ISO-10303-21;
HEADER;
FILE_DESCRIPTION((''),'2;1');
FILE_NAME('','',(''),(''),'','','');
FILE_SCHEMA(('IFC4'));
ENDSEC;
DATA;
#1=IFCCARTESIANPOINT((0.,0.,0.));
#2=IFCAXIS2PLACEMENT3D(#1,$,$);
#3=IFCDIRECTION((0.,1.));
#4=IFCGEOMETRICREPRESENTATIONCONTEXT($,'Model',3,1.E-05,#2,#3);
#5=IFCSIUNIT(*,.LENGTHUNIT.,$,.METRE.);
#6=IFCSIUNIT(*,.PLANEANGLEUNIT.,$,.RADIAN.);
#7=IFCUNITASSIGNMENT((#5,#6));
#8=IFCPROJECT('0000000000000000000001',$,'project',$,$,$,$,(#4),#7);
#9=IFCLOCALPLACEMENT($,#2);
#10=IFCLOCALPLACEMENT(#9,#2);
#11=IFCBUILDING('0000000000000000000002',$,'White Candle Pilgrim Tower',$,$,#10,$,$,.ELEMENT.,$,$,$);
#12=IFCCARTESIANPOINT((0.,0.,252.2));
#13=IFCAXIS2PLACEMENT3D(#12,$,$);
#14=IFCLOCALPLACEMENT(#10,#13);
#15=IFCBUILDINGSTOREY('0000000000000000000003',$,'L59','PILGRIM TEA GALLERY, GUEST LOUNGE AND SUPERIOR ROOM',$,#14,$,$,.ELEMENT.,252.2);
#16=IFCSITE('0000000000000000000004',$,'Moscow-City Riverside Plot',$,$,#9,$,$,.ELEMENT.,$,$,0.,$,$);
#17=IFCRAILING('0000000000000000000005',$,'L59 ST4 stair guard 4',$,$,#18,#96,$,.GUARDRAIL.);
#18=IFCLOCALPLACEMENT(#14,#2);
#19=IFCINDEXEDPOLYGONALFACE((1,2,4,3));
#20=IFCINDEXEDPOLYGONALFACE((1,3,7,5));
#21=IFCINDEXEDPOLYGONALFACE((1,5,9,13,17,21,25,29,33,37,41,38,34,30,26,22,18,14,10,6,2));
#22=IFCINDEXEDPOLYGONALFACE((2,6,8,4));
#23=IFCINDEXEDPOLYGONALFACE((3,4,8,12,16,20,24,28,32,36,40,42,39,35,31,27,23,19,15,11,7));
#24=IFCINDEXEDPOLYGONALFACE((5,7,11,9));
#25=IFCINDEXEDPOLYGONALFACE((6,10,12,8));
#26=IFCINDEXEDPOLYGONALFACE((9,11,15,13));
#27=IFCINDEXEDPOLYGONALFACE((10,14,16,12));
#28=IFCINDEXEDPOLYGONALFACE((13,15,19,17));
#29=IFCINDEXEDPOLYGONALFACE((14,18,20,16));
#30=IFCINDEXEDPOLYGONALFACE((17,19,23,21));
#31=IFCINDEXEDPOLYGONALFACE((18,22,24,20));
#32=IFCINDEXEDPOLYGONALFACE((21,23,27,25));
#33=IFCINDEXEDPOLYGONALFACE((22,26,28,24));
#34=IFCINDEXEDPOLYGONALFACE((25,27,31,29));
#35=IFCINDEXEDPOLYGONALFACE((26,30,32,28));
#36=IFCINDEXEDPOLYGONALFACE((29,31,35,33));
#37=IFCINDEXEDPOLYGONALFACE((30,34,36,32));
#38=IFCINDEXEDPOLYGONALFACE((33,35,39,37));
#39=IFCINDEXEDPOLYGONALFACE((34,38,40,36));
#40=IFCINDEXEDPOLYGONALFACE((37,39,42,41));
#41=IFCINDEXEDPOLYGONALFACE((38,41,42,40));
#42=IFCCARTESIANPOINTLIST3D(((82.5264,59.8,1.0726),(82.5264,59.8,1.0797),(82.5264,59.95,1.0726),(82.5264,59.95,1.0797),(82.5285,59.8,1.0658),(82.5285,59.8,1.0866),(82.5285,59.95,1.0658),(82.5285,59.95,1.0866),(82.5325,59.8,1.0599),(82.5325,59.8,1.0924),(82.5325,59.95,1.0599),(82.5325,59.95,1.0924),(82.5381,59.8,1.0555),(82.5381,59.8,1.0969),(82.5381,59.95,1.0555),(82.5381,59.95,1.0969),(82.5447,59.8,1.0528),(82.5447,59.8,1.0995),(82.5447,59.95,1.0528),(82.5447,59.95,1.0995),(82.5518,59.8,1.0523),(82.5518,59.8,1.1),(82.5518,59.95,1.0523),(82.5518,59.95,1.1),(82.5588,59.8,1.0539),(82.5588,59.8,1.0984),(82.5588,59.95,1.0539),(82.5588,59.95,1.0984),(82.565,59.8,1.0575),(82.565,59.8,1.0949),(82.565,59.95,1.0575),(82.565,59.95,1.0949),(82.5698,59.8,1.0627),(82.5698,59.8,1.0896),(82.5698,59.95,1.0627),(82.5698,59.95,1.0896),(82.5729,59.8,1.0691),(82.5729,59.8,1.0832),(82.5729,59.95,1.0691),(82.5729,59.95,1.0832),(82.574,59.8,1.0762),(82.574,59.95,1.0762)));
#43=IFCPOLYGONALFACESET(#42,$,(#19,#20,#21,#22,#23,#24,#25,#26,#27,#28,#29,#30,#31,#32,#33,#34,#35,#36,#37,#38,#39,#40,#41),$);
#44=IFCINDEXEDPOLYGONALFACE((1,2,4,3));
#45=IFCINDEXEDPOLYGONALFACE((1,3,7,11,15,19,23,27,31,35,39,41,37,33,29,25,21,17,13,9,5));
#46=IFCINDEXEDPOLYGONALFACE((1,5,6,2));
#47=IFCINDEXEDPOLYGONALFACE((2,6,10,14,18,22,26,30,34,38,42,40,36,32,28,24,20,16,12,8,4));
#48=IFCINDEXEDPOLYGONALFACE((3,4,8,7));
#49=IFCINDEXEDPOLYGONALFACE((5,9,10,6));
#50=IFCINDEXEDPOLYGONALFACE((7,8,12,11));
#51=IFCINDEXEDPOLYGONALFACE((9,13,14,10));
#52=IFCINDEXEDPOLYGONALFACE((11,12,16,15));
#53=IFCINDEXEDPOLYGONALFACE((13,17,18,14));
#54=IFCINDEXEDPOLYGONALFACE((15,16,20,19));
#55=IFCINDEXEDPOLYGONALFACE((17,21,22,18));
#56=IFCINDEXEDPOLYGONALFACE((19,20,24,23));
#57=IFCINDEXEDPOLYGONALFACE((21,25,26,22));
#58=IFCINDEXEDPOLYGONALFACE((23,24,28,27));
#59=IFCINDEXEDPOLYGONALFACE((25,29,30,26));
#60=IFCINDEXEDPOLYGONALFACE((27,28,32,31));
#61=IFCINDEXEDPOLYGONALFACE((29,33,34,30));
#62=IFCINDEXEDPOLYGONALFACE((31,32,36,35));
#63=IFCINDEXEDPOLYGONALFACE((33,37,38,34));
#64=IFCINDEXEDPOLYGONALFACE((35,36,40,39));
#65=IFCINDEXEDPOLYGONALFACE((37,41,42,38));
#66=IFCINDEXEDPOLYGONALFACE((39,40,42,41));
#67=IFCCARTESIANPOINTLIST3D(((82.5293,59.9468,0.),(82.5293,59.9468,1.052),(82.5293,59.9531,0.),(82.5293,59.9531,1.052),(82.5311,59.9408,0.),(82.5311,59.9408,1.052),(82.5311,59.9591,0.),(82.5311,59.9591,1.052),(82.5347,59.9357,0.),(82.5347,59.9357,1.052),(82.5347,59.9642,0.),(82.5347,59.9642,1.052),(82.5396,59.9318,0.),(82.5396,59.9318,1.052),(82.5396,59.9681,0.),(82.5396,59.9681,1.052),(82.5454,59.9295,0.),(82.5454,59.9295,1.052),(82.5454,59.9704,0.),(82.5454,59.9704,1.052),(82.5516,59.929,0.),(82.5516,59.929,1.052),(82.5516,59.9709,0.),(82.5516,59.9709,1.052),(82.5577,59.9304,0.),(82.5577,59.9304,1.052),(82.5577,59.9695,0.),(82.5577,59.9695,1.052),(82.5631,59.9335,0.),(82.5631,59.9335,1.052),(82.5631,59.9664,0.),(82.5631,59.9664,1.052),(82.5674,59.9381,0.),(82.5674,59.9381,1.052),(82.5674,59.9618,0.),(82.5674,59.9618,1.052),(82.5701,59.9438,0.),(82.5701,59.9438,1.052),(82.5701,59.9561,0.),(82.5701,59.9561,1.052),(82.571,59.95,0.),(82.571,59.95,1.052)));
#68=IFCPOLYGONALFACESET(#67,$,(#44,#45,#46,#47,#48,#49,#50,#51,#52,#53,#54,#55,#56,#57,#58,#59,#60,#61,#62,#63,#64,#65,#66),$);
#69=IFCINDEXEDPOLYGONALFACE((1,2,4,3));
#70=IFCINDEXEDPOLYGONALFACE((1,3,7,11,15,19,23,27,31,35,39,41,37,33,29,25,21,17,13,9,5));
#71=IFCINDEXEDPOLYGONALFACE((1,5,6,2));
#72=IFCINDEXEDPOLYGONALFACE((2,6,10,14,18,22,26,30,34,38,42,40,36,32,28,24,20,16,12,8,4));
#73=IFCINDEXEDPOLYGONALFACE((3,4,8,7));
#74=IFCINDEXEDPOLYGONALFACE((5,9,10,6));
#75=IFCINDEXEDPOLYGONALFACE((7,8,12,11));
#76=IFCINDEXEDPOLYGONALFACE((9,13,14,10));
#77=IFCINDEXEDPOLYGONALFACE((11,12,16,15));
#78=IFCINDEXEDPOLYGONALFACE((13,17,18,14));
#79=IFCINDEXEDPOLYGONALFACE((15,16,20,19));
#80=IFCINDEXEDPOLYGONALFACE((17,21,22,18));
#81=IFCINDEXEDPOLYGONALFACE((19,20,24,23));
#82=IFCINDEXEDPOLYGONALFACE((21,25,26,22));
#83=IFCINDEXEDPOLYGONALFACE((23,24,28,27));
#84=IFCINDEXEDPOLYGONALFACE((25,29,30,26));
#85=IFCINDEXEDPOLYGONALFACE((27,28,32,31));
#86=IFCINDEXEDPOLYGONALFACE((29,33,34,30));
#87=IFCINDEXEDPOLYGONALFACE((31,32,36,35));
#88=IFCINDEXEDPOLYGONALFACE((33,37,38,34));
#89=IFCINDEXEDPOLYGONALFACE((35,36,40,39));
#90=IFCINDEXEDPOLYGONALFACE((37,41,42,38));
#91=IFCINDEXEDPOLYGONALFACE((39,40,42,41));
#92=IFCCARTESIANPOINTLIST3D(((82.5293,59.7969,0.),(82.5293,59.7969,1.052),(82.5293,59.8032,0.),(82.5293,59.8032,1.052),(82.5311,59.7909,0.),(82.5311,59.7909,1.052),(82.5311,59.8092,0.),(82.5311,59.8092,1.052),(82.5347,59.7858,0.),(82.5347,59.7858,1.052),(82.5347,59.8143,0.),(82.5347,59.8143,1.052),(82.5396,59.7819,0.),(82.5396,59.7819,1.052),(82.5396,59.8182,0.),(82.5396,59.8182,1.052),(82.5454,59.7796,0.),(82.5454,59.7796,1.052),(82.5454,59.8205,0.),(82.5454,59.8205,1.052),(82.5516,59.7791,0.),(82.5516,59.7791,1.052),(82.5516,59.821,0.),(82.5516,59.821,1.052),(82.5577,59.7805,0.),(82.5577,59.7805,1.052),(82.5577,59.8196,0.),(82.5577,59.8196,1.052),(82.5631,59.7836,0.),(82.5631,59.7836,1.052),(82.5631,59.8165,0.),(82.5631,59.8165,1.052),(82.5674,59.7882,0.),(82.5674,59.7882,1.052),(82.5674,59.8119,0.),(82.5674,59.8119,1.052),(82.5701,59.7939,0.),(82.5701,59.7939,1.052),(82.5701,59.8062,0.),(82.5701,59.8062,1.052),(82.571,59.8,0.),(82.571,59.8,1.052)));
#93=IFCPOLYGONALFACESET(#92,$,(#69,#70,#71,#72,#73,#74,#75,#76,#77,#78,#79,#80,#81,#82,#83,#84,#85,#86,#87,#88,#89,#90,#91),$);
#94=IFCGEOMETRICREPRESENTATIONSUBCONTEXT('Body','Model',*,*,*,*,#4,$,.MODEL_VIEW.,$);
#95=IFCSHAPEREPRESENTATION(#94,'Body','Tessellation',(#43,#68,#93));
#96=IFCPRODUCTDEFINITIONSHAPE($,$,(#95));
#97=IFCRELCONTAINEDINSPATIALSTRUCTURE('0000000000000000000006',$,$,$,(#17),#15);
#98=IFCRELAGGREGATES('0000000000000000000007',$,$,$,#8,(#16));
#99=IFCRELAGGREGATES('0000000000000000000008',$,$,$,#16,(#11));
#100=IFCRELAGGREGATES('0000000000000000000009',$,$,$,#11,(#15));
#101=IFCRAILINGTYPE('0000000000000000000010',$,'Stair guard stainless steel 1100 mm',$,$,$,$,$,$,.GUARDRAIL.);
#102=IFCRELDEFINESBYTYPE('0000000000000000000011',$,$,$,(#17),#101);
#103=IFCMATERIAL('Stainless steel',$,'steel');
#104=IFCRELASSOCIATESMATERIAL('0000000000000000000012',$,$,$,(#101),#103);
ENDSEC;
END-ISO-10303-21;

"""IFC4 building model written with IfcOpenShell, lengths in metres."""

from ifc_helpers import new_model, si_unit, direction, frame, origin, origin_2d, place, context, subcontext, project, spatial, circle, extrude, material, type_object, element, save


model = new_model("IFC4")

# Units and contexts
model_context = context("Model", 3, precision=1e-05, world=origin(), true_north=direction((0.0, 1.0)))
body_context = subcontext(model_context, "Body", "Model", "MODEL_VIEW")
ifc_project = project(units=[si_unit("LENGTHUNIT", "METRE"), si_unit("PLANEANGLEUNIT", "RADIAN")], contexts=[model_context])

# Site, building, storey
site_placement = place(None, origin())
site = spatial("IfcSite", under=ifc_project, at=site_placement, Name="Moscow-City Riverside Plot", CompositionType="ELEMENT", RefElevation=0.0)
building_placement = place(site_placement, origin())
building = spatial("IfcBuilding", under=site, at=building_placement, Name="White Candle Pilgrim Tower", CompositionType="ELEMENT")
storey_placement = place(building_placement, frame((0.0, 0.0, 252.2)))
storey = spatial("IfcBuildingStorey", under=building, at=storey_placement, Name="L59", Description="PILGRIM TEA GALLERY, GUEST LOUNGE AND SUPERIOR ROOM", CompositionType="ELEMENT", Elevation=252.2)

# Railing
ifc_material_1 = material(Name="Stainless steel", Category="steel")
railing_type_1 = type_object("IfcRailingType", Name="Stair guard stainless steel 1100 mm", PredefinedType="GUARDRAIL", material=ifc_material_1)
railing_1_placement = place(storey_placement, frame((82.55, 59.95, 0.0)))
element("IfcRailing", 1, at=railing_1_placement, inside=storey, type_object=railing_type_1, Name="L59 ST4 stair guard 4", PredefinedType="GUARDRAIL", context=body_context, shape_type="SweptSolid", body=[
    extrude(circle(Radius=0.0239, at=origin_2d()), frame((0.0, 0.0, 1.0762), z_axis=(0.0, -1.0, 0.0), x_axis=(1.0, 0.0, 0.0)), (0.0, 0.0, 1.0), 0.1499),
    extrude(circle(Radius=0.021, at=origin_2d()), origin(), (0.0, 0.0, 1.0), 1.052),
    extrude(circle(Radius=0.021, at=origin_2d()), frame((0.0, -0.1499, 0.0)), (0.0, 0.0, 1.0), 1.052),
])

save(model, "model.ifc")
